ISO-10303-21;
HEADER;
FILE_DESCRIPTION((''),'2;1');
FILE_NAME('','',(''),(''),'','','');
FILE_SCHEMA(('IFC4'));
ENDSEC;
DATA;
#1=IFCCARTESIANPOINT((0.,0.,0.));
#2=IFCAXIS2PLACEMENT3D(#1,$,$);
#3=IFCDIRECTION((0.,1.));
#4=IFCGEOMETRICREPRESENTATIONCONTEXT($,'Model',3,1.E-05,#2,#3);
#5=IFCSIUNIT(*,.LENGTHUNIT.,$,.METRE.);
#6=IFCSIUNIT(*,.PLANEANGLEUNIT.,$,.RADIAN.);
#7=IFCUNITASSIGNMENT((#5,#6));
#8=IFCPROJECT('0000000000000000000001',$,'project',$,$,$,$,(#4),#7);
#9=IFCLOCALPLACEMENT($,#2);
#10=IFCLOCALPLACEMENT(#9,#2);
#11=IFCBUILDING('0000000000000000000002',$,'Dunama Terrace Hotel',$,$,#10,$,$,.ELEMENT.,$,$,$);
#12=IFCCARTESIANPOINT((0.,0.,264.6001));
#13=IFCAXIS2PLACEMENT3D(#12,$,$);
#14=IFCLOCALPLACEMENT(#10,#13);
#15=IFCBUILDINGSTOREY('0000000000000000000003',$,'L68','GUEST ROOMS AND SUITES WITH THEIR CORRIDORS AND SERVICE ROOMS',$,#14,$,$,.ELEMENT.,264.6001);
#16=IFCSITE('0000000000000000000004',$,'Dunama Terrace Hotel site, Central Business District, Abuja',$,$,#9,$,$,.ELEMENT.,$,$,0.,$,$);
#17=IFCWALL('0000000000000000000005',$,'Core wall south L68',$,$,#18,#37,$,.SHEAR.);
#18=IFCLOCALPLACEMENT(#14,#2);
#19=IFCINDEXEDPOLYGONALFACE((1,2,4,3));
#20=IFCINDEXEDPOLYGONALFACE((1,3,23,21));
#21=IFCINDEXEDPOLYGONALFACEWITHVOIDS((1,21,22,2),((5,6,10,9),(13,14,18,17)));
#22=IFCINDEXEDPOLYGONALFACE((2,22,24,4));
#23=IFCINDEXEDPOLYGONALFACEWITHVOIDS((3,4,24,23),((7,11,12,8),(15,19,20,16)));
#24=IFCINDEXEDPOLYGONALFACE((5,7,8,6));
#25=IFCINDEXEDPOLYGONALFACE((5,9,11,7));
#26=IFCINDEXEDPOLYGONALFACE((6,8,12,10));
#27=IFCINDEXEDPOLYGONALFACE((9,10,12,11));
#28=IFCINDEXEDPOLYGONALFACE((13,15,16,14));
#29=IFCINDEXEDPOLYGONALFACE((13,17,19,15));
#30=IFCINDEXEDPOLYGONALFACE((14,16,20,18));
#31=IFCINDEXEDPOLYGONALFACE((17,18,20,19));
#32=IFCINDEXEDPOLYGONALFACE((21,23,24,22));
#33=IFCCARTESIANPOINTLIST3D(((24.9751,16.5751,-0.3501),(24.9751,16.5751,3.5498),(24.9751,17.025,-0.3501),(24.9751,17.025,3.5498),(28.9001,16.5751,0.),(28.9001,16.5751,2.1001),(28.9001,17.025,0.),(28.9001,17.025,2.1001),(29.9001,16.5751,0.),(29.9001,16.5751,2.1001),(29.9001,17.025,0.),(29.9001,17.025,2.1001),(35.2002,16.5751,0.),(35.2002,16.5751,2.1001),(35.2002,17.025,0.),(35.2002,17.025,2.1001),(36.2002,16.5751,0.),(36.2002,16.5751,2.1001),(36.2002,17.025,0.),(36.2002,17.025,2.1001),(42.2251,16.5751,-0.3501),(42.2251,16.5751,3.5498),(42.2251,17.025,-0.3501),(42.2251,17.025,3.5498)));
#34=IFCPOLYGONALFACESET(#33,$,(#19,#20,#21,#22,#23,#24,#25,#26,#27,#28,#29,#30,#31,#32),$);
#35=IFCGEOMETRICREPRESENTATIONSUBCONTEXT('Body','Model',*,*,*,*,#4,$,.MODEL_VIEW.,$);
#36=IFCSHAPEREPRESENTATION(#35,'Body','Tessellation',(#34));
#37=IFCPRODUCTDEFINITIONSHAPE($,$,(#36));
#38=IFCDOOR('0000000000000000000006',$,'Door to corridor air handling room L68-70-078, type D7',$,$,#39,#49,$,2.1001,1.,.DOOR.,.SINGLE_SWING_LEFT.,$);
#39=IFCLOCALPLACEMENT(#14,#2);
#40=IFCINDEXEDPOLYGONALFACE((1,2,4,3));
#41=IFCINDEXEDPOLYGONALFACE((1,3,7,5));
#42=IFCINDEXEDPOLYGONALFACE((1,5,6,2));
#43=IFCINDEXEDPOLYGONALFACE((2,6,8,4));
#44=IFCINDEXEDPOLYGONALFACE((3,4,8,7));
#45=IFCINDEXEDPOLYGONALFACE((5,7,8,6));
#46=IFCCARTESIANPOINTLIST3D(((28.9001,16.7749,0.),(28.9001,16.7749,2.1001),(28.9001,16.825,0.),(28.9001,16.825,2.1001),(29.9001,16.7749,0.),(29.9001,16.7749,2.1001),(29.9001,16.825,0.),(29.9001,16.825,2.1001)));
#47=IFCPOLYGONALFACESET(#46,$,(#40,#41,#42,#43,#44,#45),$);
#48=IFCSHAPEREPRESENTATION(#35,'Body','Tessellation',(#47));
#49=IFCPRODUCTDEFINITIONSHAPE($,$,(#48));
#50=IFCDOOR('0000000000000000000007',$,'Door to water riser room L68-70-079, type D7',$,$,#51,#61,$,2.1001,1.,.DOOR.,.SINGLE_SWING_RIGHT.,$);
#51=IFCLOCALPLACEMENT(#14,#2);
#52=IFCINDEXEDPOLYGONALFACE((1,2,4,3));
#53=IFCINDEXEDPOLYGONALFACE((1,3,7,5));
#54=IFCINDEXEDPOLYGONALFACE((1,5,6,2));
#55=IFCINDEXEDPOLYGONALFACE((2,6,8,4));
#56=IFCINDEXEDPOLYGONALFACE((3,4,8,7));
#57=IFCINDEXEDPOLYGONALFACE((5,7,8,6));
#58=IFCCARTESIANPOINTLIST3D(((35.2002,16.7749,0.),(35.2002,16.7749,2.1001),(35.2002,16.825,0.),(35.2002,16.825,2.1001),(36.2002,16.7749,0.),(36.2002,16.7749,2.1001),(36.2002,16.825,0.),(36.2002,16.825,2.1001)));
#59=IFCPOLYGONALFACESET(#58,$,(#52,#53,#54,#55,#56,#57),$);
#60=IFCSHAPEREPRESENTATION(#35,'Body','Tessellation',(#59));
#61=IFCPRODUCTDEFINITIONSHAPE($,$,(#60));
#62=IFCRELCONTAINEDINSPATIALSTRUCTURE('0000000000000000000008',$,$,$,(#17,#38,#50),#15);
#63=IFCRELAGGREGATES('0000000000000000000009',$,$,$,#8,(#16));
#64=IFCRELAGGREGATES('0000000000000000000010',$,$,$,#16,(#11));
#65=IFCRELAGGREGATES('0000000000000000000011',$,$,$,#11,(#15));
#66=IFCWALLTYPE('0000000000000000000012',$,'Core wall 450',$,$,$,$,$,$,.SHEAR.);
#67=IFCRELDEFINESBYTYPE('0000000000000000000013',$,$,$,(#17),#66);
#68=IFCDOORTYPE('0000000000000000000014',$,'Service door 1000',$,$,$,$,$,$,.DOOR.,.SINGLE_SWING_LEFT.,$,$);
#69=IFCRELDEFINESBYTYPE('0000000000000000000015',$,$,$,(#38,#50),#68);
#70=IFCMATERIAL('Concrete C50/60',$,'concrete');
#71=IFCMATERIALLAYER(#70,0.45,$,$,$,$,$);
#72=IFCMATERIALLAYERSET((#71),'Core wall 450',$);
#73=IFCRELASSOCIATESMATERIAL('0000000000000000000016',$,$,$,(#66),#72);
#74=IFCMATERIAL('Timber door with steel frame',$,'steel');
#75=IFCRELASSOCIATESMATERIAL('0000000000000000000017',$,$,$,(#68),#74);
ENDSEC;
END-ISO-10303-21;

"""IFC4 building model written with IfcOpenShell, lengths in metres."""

from ifc_helpers import new_model, si_unit, direction, frame, frame_2d, origin, place, context, subcontext, project, spatial, rectangle, extrude, material, layer, layer_set, type_object, element, fill, save


model = new_model("IFC4")

# Units and contexts
model_context = context("Model", 3, precision=1e-05, world=origin(), true_north=direction((0.0, 1.0)))
body_context = subcontext(model_context, "Body", "Model", "MODEL_VIEW")
ifc_project = project(units=[si_unit("LENGTHUNIT", "METRE"), si_unit("PLANEANGLEUNIT", "RADIAN")], contexts=[model_context])

# Site, building, storey
site_placement = place(None, origin())
site = spatial("IfcSite", under=ifc_project, at=site_placement, Name="Dunama Terrace Hotel site, Central Business District, Abuja", CompositionType="ELEMENT", RefElevation=0.0)
building_placement = place(site_placement, origin())
building = spatial("IfcBuilding", under=site, at=building_placement, Name="Dunama Terrace Hotel", CompositionType="ELEMENT")
storey_placement = place(building_placement, frame((0.0, 0.0, 264.6001)))
storey = spatial("IfcBuildingStorey", under=building, at=storey_placement, Name="L68", Description="GUEST ROOMS AND SUITES WITH THEIR CORRIDORS AND SERVICE ROOMS", CompositionType="ELEMENT", Elevation=264.6001)

# Wall, openings, doors
ifc_material_1 = material(Name="Concrete C50/60", Category="concrete")
ifc_layer_1 = layer(ifc_material_1, 0.45)
ifc_layer_set_1 = layer_set([ifc_layer_1], Name="Core wall 450")
wall_type_1 = type_object("IfcWallType", Name="Core wall 450", PredefinedType="SHEAR", material=ifc_layer_set_1)
wall_1_placement = place(storey_placement, frame((24.9751, 16.8, -0.3501), z_axis=(0.0, 0.0, 1.0), x_axis=(1.0, 0.0, 0.0)))
wall_1 = element("IfcWall", 1, at=wall_1_placement, inside=storey, type_object=wall_type_1, Name="Core wall south L68", PredefinedType="SHEAR", context=body_context, shape_type="SweptSolid", body=[
    extrude(rectangle(XDim=17.25, YDim=0.45, at=frame_2d((8.625, 0.0))), origin(), (0.0, 0.0, 1.0), 3.8999),
])
opening_1_placement = place(wall_1_placement, frame((3.925, 0.0, 0.3501)))
opening_1 = element("IfcOpeningElement", 2, at=opening_1_placement, cuts=wall_1, PredefinedType="OPENING", context=body_context, shape_type="SweptSolid", body=[
    extrude(rectangle(XDim=1.0, YDim=2.1001, at=frame_2d((0.5, 1.05))), frame((0.0, 0.2349, 0.0), z_axis=(0.0, -1.0, 0.0), x_axis=(1.0, 0.0, 0.0)), (0.0, 0.0, 1.0), 0.47),
])
opening_2_placement = place(wall_1_placement, frame((10.2251, 0.0, 0.3501)))
opening_2 = element("IfcOpeningElement", 3, at=opening_2_placement, cuts=wall_1, PredefinedType="OPENING", context=body_context, shape_type="SweptSolid", body=[
    extrude(rectangle(XDim=1.0, YDim=2.1001, at=frame_2d((0.5, 1.05))), frame((0.0, 0.2349, 0.0), z_axis=(0.0, -1.0, 0.0), x_axis=(1.0, 0.0, 0.0)), (0.0, 0.0, 1.0), 0.47),
])
ifc_material_2 = material(Name="Timber door with steel frame", Category="steel")
door_type_1 = type_object("IfcDoorType", Name="Service door 1000", OperationType="SINGLE_SWING_LEFT", PredefinedType="DOOR", material=ifc_material_2)
door_1_placement = place(opening_1_placement, origin())
door_1 = element("IfcDoor", 4, at=door_1_placement, inside=storey, type_object=door_type_1, Name="Door to corridor air handling room L68-70-078, type D7", OperationType="SINGLE_SWING_LEFT", OverallHeight=2.1001, OverallWidth=1.0, PredefinedType="DOOR", context=body_context, shape_type="SweptSolid", body=[
    extrude(rectangle(XDim=1.0, YDim=2.1001, at=frame_2d((0.5, 1.05))), frame((0.0, 0.0249, 0.0), z_axis=(0.0, -1.0, 0.0), x_axis=(1.0, 0.0, 0.0)), (0.0, 0.0, 1.0), 0.05),
])
fill(opening_1, door_1)
door_2_placement = place(opening_2_placement, origin())
door_2 = element("IfcDoor", 5, at=door_2_placement, inside=storey, type_object=door_type_1, Name="Door to water riser room L68-70-079, type D7", OperationType="SINGLE_SWING_RIGHT", OverallHeight=2.1001, OverallWidth=1.0, PredefinedType="DOOR", context=body_context, shape_type="SweptSolid", body=[
    extrude(rectangle(XDim=1.0, YDim=2.1001, at=frame_2d((0.5, 1.05))), frame((0.0, 0.0249, 0.0), z_axis=(0.0, -1.0, 0.0), x_axis=(1.0, 0.0, 0.0)), (0.0, 0.0, 1.0), 0.05),
])
fill(opening_2, door_2)

save(model, "model.ifc")
